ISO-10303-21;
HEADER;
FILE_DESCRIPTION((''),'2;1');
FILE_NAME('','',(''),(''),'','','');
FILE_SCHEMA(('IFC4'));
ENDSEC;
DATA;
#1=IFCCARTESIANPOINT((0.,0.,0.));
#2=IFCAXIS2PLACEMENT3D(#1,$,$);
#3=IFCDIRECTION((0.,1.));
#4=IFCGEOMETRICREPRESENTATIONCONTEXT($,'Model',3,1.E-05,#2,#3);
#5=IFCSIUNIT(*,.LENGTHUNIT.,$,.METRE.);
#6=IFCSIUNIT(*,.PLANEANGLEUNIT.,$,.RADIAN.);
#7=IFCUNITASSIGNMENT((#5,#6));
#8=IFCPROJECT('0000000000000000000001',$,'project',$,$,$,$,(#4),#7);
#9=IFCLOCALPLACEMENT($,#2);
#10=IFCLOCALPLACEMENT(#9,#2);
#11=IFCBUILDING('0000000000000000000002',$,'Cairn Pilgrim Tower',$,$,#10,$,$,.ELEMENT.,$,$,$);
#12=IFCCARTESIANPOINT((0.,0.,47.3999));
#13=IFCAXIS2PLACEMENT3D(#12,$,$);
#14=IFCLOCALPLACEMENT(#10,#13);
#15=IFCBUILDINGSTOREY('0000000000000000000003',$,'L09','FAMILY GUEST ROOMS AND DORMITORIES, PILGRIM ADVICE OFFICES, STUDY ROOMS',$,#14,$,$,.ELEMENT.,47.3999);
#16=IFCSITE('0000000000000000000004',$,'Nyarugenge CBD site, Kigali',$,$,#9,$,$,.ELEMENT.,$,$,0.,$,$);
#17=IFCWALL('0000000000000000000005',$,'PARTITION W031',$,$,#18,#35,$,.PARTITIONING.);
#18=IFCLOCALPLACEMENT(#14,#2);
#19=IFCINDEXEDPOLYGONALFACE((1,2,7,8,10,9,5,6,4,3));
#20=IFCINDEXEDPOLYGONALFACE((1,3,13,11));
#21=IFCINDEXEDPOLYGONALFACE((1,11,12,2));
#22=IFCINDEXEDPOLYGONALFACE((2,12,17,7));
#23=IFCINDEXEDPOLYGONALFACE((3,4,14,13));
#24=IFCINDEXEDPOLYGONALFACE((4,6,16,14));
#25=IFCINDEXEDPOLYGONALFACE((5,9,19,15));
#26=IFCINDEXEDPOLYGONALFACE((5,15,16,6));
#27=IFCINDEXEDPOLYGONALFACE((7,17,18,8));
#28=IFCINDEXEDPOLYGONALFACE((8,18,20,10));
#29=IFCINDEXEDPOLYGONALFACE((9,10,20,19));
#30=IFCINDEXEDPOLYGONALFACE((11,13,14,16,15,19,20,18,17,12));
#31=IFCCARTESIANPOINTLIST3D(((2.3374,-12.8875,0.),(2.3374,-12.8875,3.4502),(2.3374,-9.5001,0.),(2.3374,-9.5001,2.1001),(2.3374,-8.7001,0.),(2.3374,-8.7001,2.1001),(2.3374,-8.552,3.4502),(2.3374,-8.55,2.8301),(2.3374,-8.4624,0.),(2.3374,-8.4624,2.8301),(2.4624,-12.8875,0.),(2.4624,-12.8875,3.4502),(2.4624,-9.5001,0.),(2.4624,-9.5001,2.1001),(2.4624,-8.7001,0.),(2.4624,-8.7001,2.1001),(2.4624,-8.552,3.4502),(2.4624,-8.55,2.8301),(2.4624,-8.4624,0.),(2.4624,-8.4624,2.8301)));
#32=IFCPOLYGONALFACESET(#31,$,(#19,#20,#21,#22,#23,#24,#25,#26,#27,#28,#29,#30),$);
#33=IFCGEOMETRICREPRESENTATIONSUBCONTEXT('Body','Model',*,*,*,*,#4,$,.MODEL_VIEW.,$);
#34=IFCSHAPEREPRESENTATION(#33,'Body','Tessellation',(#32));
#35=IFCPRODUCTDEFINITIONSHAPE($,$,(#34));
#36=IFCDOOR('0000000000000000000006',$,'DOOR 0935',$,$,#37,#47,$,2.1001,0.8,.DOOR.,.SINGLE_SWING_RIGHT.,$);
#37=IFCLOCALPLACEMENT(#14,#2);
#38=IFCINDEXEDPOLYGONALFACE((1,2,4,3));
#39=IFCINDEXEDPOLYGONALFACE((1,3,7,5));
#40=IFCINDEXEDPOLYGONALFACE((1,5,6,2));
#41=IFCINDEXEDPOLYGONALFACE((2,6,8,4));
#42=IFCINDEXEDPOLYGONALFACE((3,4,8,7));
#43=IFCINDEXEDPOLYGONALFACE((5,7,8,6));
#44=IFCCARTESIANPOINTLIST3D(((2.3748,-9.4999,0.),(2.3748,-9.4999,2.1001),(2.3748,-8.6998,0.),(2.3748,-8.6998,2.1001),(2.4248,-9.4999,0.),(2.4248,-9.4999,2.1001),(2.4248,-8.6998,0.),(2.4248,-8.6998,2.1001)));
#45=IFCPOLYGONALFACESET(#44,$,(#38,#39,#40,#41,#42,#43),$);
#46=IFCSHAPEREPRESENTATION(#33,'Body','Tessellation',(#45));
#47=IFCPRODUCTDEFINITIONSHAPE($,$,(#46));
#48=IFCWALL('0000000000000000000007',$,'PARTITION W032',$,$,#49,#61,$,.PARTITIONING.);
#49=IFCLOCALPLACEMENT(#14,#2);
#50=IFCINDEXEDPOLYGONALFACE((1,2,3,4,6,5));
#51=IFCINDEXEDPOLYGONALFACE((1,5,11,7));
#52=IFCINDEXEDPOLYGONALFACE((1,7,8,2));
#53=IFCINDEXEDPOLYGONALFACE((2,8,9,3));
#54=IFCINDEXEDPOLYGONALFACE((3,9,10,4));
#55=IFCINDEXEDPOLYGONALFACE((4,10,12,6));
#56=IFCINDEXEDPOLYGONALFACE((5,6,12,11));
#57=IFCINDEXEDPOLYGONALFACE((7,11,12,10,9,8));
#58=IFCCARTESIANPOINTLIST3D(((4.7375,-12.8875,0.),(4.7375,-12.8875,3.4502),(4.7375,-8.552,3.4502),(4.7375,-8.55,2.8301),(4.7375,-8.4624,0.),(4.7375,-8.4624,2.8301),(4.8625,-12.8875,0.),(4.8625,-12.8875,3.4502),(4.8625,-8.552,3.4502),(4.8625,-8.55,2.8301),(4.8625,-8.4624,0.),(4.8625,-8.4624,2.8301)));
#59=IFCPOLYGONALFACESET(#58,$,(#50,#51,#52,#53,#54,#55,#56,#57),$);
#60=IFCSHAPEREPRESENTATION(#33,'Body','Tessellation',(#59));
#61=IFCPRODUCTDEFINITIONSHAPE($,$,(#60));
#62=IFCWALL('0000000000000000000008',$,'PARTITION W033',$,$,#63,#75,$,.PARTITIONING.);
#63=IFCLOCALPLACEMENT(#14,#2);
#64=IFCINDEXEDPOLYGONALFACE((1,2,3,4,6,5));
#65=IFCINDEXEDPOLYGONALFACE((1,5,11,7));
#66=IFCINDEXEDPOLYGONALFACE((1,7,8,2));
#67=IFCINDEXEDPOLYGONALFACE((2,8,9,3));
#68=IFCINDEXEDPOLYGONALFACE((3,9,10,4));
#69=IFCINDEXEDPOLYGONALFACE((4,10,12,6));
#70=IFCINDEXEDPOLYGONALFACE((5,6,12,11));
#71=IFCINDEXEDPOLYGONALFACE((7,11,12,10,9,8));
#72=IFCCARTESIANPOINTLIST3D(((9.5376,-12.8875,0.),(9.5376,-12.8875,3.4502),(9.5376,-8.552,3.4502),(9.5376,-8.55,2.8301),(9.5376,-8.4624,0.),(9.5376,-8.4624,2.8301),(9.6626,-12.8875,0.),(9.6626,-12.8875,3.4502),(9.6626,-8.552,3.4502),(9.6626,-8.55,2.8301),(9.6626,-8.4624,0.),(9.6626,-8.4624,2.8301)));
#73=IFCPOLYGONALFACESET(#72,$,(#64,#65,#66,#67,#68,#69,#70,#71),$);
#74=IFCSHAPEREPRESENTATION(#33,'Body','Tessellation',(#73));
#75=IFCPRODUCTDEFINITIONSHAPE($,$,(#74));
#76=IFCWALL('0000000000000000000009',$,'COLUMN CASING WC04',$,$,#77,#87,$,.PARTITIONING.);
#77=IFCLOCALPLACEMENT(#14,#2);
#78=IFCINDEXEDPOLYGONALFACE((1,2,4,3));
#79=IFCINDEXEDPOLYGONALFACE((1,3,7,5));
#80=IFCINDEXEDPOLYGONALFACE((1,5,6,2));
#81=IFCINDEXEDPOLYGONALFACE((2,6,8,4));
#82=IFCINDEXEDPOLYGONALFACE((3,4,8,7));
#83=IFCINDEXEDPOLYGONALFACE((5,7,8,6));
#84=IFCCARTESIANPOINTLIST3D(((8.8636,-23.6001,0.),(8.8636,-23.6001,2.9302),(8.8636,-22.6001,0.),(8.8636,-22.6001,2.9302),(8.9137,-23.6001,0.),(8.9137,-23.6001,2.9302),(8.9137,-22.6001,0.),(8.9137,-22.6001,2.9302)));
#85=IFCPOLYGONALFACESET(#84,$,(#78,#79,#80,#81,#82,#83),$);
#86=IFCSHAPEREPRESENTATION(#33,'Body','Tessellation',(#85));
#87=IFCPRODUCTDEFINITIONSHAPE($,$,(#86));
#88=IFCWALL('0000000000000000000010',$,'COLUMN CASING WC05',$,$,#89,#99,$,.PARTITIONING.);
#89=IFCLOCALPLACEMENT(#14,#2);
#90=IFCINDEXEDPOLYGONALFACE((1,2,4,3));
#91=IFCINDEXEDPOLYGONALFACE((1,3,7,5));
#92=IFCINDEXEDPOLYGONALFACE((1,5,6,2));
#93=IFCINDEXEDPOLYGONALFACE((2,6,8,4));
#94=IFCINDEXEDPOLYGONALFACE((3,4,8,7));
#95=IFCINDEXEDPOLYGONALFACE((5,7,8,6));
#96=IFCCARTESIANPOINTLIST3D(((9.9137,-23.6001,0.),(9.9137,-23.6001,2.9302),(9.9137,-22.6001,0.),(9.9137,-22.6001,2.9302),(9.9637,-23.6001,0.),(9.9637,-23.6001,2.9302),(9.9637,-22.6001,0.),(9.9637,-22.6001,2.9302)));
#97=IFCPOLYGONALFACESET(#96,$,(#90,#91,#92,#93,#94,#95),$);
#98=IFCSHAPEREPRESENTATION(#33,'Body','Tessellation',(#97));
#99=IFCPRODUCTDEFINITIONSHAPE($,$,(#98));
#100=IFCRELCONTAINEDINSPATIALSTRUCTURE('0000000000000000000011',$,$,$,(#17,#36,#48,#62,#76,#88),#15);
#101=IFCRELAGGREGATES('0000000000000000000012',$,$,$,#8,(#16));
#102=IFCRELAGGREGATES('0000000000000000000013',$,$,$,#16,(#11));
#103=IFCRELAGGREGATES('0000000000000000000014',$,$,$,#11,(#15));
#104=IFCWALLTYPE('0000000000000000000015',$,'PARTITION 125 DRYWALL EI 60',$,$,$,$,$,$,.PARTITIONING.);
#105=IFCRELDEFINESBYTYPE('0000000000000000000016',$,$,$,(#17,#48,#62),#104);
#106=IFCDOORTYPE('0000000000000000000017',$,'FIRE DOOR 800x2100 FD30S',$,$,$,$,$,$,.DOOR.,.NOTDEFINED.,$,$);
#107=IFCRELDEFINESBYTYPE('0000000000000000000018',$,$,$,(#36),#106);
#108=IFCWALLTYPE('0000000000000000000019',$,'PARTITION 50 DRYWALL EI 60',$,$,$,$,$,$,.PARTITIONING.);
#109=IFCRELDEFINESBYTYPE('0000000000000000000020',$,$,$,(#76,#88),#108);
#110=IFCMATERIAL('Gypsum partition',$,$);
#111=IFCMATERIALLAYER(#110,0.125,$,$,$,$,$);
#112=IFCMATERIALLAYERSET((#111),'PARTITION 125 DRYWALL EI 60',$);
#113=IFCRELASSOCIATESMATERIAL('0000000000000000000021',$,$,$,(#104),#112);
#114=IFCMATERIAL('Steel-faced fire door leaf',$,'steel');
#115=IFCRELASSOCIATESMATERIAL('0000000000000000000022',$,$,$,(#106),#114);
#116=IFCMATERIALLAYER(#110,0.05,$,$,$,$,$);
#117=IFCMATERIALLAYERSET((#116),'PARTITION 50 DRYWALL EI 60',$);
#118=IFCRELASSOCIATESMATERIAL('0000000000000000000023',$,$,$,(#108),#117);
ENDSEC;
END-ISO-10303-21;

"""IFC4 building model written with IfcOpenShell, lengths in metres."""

from ifc_helpers import new_model, si_unit, direction, frame, frame_2d, origin, place, context, subcontext, project, spatial, polyline, rectangle, outline, extrude, material, layer, layer_set, type_object, element, fill, save


model = new_model("IFC4")

# Units and contexts
model_context = context("Model", 3, precision=1e-05, world=origin(), true_north=direction((0.0, 1.0)))
body_context = subcontext(model_context, "Body", "Model", "MODEL_VIEW")
ifc_project = project(units=[si_unit("LENGTHUNIT", "METRE"), si_unit("PLANEANGLEUNIT", "RADIAN")], contexts=[model_context])

# Site, building, storey
site_placement = place(None, origin())
site = spatial("IfcSite", under=ifc_project, at=site_placement, Name="Nyarugenge CBD site, Kigali", CompositionType="ELEMENT", RefElevation=0.0)
building_placement = place(site_placement, origin())
building = spatial("IfcBuilding", under=site, at=building_placement, Name="Cairn Pilgrim Tower", CompositionType="ELEMENT")
storey_placement = place(building_placement, frame((0.0, 0.0, 47.3999)))
storey = spatial("IfcBuildingStorey", under=building, at=storey_placement, Name="L09", Description="FAMILY GUEST ROOMS AND DORMITORIES, PILGRIM ADVICE OFFICES, STUDY ROOMS", CompositionType="ELEMENT", Elevation=47.3999)

# Shared definitions
ifc_material_1 = material(Name="Gypsum partition")

# Shared definitions
ifc_layer_1 = layer(ifc_material_1, 0.125)
ifc_layer_set_1 = layer_set([ifc_layer_1], Name="PARTITION 125 DRYWALL EI 60")
wall_type_1 = type_object("IfcWallType", Name="PARTITION 125 DRYWALL EI 60", PredefinedType="PARTITIONING", material=ifc_layer_set_1)

# Wall, opening, door
wall_1_placement = place(storey_placement, frame((2.3999, -12.8875, 0.0), z_axis=(0.0, 0.0, 1.0), x_axis=(0.0, 1.0, 0.0)))
wall_1 = element("IfcWall", 1, at=wall_1_placement, inside=storey, type_object=wall_type_1, Name="PARTITION W031", PredefinedType="PARTITIONING", context=body_context, shape_type="SweptSolid", body=[
    extrude(outline(polyline([(0.0, 0.0), (4.425, 0.0), (4.425, 2.8301), (4.3374, 2.8301), (4.3354, 3.4502), (0.0, 3.4502), (0.0, 0.0)])), frame((0.0, 0.0625, 0.0), z_axis=(0.0, -1.0, 0.0), x_axis=(1.0, 0.0, 0.0)), (0.0, 0.0, 1.0), 0.125),
])
opening_1_placement = place(wall_1_placement, frame((3.3875, 0.0, 0.0)))
opening_1 = element("IfcOpeningElement", 2, at=opening_1_placement, cuts=wall_1, PredefinedType="OPENING", context=body_context, shape_type="SweptSolid", body=[
    extrude(rectangle(XDim=0.8, YDim=2.1001, at=frame_2d((0.3999, 1.05))), frame((0.0, 0.0725, 0.0), z_axis=(0.0, -1.0, 0.0), x_axis=(1.0, 0.0, 0.0)), (0.0, 0.0, 1.0), 0.145),
])
ifc_material_2 = material(Name="Steel-faced fire door leaf", Category="steel")
door_type_1 = type_object("IfcDoorType", Name="FIRE DOOR 800x2100 FD30S", OperationType="NOTDEFINED", PredefinedType="DOOR", material=ifc_material_2)
door_1_placement = place(opening_1_placement, frame((0.8, 0.0, 0.0), z_axis=(0.0, 0.0, 1.0), x_axis=(-1.0, 0.0, 0.0)))
door_1 = element("IfcDoor", 3, at=door_1_placement, inside=storey, type_object=door_type_1, Name="DOOR 0935", OperationType="SINGLE_SWING_RIGHT", OverallHeight=2.1001, OverallWidth=0.8, PredefinedType="DOOR", context=body_context, shape_type="SweptSolid", body=[
    extrude(rectangle(XDim=0.8, YDim=2.1001, at=frame_2d((0.3999, 1.05))), frame((0.0, 0.0249, 0.0), z_axis=(0.0, -1.0, 0.0), x_axis=(1.0, 0.0, 0.0)), (0.0, 0.0, 1.0), 0.05),
])
fill(opening_1, door_1)

# Walls
for number, where, z_axis, x_axis, name in (
    (4, (4.8, -12.8875, 0.0), (0.0, 0.0, 1.0), (0.0, 1.0, 0.0), "PARTITION W032"),
    (5, (9.6001, -12.8875, 0.0), (0.0, 0.0, 1.0), (0.0, 1.0, 0.0), "PARTITION W033"),
):
    element("IfcWall", number, at=place(storey_placement, frame(where, z_axis=z_axis, x_axis=x_axis)), inside=storey, type_object=wall_type_1, Name=name, PredefinedType="PARTITIONING", context=body_context, shape_type="SweptSolid", body=[
        extrude(outline(polyline([(0.0, 0.0), (4.425, 0.0), (4.425, 2.8301), (4.3374, 2.8301), (4.3354, 3.4502), (0.0, 3.4502), (0.0, 0.0)])), frame((0.0, 0.0625, 0.0), z_axis=(0.0, -1.0, 0.0), x_axis=(1.0, 0.0, 0.0)), (0.0, 0.0, 1.0), 0.125),
    ])
ifc_layer_2 = layer(ifc_material_1, 0.05)
ifc_layer_set_2 = layer_set([ifc_layer_2], Name="PARTITION 50 DRYWALL EI 60")
wall_type_2 = type_object("IfcWallType", Name="PARTITION 50 DRYWALL EI 60", PredefinedType="PARTITIONING", material=ifc_layer_set_2)
for number, where, z_axis, x_axis, name in (
    (6, (8.8887, -23.6001, 0.0), (0.0, 0.0, 1.0), (0.0, 1.0, 0.0), "COLUMN CASING WC04"),
    (7, (9.9387, -23.6001, 0.0), (0.0, 0.0, 1.0), (0.0, 1.0, 0.0), "COLUMN CASING WC05"),
):
    element("IfcWall", number, at=place(storey_placement, frame(where, z_axis=z_axis, x_axis=x_axis)), inside=storey, type_object=wall_type_2, Name=name, PredefinedType="PARTITIONING", context=body_context, shape_type="SweptSolid", body=[
        extrude(rectangle(XDim=1.0, YDim=0.05, at=frame_2d((0.5, 0.0))), origin(), (0.0, 0.0, 1.0), 2.9302),
    ])

save(model, "model.ifc")
